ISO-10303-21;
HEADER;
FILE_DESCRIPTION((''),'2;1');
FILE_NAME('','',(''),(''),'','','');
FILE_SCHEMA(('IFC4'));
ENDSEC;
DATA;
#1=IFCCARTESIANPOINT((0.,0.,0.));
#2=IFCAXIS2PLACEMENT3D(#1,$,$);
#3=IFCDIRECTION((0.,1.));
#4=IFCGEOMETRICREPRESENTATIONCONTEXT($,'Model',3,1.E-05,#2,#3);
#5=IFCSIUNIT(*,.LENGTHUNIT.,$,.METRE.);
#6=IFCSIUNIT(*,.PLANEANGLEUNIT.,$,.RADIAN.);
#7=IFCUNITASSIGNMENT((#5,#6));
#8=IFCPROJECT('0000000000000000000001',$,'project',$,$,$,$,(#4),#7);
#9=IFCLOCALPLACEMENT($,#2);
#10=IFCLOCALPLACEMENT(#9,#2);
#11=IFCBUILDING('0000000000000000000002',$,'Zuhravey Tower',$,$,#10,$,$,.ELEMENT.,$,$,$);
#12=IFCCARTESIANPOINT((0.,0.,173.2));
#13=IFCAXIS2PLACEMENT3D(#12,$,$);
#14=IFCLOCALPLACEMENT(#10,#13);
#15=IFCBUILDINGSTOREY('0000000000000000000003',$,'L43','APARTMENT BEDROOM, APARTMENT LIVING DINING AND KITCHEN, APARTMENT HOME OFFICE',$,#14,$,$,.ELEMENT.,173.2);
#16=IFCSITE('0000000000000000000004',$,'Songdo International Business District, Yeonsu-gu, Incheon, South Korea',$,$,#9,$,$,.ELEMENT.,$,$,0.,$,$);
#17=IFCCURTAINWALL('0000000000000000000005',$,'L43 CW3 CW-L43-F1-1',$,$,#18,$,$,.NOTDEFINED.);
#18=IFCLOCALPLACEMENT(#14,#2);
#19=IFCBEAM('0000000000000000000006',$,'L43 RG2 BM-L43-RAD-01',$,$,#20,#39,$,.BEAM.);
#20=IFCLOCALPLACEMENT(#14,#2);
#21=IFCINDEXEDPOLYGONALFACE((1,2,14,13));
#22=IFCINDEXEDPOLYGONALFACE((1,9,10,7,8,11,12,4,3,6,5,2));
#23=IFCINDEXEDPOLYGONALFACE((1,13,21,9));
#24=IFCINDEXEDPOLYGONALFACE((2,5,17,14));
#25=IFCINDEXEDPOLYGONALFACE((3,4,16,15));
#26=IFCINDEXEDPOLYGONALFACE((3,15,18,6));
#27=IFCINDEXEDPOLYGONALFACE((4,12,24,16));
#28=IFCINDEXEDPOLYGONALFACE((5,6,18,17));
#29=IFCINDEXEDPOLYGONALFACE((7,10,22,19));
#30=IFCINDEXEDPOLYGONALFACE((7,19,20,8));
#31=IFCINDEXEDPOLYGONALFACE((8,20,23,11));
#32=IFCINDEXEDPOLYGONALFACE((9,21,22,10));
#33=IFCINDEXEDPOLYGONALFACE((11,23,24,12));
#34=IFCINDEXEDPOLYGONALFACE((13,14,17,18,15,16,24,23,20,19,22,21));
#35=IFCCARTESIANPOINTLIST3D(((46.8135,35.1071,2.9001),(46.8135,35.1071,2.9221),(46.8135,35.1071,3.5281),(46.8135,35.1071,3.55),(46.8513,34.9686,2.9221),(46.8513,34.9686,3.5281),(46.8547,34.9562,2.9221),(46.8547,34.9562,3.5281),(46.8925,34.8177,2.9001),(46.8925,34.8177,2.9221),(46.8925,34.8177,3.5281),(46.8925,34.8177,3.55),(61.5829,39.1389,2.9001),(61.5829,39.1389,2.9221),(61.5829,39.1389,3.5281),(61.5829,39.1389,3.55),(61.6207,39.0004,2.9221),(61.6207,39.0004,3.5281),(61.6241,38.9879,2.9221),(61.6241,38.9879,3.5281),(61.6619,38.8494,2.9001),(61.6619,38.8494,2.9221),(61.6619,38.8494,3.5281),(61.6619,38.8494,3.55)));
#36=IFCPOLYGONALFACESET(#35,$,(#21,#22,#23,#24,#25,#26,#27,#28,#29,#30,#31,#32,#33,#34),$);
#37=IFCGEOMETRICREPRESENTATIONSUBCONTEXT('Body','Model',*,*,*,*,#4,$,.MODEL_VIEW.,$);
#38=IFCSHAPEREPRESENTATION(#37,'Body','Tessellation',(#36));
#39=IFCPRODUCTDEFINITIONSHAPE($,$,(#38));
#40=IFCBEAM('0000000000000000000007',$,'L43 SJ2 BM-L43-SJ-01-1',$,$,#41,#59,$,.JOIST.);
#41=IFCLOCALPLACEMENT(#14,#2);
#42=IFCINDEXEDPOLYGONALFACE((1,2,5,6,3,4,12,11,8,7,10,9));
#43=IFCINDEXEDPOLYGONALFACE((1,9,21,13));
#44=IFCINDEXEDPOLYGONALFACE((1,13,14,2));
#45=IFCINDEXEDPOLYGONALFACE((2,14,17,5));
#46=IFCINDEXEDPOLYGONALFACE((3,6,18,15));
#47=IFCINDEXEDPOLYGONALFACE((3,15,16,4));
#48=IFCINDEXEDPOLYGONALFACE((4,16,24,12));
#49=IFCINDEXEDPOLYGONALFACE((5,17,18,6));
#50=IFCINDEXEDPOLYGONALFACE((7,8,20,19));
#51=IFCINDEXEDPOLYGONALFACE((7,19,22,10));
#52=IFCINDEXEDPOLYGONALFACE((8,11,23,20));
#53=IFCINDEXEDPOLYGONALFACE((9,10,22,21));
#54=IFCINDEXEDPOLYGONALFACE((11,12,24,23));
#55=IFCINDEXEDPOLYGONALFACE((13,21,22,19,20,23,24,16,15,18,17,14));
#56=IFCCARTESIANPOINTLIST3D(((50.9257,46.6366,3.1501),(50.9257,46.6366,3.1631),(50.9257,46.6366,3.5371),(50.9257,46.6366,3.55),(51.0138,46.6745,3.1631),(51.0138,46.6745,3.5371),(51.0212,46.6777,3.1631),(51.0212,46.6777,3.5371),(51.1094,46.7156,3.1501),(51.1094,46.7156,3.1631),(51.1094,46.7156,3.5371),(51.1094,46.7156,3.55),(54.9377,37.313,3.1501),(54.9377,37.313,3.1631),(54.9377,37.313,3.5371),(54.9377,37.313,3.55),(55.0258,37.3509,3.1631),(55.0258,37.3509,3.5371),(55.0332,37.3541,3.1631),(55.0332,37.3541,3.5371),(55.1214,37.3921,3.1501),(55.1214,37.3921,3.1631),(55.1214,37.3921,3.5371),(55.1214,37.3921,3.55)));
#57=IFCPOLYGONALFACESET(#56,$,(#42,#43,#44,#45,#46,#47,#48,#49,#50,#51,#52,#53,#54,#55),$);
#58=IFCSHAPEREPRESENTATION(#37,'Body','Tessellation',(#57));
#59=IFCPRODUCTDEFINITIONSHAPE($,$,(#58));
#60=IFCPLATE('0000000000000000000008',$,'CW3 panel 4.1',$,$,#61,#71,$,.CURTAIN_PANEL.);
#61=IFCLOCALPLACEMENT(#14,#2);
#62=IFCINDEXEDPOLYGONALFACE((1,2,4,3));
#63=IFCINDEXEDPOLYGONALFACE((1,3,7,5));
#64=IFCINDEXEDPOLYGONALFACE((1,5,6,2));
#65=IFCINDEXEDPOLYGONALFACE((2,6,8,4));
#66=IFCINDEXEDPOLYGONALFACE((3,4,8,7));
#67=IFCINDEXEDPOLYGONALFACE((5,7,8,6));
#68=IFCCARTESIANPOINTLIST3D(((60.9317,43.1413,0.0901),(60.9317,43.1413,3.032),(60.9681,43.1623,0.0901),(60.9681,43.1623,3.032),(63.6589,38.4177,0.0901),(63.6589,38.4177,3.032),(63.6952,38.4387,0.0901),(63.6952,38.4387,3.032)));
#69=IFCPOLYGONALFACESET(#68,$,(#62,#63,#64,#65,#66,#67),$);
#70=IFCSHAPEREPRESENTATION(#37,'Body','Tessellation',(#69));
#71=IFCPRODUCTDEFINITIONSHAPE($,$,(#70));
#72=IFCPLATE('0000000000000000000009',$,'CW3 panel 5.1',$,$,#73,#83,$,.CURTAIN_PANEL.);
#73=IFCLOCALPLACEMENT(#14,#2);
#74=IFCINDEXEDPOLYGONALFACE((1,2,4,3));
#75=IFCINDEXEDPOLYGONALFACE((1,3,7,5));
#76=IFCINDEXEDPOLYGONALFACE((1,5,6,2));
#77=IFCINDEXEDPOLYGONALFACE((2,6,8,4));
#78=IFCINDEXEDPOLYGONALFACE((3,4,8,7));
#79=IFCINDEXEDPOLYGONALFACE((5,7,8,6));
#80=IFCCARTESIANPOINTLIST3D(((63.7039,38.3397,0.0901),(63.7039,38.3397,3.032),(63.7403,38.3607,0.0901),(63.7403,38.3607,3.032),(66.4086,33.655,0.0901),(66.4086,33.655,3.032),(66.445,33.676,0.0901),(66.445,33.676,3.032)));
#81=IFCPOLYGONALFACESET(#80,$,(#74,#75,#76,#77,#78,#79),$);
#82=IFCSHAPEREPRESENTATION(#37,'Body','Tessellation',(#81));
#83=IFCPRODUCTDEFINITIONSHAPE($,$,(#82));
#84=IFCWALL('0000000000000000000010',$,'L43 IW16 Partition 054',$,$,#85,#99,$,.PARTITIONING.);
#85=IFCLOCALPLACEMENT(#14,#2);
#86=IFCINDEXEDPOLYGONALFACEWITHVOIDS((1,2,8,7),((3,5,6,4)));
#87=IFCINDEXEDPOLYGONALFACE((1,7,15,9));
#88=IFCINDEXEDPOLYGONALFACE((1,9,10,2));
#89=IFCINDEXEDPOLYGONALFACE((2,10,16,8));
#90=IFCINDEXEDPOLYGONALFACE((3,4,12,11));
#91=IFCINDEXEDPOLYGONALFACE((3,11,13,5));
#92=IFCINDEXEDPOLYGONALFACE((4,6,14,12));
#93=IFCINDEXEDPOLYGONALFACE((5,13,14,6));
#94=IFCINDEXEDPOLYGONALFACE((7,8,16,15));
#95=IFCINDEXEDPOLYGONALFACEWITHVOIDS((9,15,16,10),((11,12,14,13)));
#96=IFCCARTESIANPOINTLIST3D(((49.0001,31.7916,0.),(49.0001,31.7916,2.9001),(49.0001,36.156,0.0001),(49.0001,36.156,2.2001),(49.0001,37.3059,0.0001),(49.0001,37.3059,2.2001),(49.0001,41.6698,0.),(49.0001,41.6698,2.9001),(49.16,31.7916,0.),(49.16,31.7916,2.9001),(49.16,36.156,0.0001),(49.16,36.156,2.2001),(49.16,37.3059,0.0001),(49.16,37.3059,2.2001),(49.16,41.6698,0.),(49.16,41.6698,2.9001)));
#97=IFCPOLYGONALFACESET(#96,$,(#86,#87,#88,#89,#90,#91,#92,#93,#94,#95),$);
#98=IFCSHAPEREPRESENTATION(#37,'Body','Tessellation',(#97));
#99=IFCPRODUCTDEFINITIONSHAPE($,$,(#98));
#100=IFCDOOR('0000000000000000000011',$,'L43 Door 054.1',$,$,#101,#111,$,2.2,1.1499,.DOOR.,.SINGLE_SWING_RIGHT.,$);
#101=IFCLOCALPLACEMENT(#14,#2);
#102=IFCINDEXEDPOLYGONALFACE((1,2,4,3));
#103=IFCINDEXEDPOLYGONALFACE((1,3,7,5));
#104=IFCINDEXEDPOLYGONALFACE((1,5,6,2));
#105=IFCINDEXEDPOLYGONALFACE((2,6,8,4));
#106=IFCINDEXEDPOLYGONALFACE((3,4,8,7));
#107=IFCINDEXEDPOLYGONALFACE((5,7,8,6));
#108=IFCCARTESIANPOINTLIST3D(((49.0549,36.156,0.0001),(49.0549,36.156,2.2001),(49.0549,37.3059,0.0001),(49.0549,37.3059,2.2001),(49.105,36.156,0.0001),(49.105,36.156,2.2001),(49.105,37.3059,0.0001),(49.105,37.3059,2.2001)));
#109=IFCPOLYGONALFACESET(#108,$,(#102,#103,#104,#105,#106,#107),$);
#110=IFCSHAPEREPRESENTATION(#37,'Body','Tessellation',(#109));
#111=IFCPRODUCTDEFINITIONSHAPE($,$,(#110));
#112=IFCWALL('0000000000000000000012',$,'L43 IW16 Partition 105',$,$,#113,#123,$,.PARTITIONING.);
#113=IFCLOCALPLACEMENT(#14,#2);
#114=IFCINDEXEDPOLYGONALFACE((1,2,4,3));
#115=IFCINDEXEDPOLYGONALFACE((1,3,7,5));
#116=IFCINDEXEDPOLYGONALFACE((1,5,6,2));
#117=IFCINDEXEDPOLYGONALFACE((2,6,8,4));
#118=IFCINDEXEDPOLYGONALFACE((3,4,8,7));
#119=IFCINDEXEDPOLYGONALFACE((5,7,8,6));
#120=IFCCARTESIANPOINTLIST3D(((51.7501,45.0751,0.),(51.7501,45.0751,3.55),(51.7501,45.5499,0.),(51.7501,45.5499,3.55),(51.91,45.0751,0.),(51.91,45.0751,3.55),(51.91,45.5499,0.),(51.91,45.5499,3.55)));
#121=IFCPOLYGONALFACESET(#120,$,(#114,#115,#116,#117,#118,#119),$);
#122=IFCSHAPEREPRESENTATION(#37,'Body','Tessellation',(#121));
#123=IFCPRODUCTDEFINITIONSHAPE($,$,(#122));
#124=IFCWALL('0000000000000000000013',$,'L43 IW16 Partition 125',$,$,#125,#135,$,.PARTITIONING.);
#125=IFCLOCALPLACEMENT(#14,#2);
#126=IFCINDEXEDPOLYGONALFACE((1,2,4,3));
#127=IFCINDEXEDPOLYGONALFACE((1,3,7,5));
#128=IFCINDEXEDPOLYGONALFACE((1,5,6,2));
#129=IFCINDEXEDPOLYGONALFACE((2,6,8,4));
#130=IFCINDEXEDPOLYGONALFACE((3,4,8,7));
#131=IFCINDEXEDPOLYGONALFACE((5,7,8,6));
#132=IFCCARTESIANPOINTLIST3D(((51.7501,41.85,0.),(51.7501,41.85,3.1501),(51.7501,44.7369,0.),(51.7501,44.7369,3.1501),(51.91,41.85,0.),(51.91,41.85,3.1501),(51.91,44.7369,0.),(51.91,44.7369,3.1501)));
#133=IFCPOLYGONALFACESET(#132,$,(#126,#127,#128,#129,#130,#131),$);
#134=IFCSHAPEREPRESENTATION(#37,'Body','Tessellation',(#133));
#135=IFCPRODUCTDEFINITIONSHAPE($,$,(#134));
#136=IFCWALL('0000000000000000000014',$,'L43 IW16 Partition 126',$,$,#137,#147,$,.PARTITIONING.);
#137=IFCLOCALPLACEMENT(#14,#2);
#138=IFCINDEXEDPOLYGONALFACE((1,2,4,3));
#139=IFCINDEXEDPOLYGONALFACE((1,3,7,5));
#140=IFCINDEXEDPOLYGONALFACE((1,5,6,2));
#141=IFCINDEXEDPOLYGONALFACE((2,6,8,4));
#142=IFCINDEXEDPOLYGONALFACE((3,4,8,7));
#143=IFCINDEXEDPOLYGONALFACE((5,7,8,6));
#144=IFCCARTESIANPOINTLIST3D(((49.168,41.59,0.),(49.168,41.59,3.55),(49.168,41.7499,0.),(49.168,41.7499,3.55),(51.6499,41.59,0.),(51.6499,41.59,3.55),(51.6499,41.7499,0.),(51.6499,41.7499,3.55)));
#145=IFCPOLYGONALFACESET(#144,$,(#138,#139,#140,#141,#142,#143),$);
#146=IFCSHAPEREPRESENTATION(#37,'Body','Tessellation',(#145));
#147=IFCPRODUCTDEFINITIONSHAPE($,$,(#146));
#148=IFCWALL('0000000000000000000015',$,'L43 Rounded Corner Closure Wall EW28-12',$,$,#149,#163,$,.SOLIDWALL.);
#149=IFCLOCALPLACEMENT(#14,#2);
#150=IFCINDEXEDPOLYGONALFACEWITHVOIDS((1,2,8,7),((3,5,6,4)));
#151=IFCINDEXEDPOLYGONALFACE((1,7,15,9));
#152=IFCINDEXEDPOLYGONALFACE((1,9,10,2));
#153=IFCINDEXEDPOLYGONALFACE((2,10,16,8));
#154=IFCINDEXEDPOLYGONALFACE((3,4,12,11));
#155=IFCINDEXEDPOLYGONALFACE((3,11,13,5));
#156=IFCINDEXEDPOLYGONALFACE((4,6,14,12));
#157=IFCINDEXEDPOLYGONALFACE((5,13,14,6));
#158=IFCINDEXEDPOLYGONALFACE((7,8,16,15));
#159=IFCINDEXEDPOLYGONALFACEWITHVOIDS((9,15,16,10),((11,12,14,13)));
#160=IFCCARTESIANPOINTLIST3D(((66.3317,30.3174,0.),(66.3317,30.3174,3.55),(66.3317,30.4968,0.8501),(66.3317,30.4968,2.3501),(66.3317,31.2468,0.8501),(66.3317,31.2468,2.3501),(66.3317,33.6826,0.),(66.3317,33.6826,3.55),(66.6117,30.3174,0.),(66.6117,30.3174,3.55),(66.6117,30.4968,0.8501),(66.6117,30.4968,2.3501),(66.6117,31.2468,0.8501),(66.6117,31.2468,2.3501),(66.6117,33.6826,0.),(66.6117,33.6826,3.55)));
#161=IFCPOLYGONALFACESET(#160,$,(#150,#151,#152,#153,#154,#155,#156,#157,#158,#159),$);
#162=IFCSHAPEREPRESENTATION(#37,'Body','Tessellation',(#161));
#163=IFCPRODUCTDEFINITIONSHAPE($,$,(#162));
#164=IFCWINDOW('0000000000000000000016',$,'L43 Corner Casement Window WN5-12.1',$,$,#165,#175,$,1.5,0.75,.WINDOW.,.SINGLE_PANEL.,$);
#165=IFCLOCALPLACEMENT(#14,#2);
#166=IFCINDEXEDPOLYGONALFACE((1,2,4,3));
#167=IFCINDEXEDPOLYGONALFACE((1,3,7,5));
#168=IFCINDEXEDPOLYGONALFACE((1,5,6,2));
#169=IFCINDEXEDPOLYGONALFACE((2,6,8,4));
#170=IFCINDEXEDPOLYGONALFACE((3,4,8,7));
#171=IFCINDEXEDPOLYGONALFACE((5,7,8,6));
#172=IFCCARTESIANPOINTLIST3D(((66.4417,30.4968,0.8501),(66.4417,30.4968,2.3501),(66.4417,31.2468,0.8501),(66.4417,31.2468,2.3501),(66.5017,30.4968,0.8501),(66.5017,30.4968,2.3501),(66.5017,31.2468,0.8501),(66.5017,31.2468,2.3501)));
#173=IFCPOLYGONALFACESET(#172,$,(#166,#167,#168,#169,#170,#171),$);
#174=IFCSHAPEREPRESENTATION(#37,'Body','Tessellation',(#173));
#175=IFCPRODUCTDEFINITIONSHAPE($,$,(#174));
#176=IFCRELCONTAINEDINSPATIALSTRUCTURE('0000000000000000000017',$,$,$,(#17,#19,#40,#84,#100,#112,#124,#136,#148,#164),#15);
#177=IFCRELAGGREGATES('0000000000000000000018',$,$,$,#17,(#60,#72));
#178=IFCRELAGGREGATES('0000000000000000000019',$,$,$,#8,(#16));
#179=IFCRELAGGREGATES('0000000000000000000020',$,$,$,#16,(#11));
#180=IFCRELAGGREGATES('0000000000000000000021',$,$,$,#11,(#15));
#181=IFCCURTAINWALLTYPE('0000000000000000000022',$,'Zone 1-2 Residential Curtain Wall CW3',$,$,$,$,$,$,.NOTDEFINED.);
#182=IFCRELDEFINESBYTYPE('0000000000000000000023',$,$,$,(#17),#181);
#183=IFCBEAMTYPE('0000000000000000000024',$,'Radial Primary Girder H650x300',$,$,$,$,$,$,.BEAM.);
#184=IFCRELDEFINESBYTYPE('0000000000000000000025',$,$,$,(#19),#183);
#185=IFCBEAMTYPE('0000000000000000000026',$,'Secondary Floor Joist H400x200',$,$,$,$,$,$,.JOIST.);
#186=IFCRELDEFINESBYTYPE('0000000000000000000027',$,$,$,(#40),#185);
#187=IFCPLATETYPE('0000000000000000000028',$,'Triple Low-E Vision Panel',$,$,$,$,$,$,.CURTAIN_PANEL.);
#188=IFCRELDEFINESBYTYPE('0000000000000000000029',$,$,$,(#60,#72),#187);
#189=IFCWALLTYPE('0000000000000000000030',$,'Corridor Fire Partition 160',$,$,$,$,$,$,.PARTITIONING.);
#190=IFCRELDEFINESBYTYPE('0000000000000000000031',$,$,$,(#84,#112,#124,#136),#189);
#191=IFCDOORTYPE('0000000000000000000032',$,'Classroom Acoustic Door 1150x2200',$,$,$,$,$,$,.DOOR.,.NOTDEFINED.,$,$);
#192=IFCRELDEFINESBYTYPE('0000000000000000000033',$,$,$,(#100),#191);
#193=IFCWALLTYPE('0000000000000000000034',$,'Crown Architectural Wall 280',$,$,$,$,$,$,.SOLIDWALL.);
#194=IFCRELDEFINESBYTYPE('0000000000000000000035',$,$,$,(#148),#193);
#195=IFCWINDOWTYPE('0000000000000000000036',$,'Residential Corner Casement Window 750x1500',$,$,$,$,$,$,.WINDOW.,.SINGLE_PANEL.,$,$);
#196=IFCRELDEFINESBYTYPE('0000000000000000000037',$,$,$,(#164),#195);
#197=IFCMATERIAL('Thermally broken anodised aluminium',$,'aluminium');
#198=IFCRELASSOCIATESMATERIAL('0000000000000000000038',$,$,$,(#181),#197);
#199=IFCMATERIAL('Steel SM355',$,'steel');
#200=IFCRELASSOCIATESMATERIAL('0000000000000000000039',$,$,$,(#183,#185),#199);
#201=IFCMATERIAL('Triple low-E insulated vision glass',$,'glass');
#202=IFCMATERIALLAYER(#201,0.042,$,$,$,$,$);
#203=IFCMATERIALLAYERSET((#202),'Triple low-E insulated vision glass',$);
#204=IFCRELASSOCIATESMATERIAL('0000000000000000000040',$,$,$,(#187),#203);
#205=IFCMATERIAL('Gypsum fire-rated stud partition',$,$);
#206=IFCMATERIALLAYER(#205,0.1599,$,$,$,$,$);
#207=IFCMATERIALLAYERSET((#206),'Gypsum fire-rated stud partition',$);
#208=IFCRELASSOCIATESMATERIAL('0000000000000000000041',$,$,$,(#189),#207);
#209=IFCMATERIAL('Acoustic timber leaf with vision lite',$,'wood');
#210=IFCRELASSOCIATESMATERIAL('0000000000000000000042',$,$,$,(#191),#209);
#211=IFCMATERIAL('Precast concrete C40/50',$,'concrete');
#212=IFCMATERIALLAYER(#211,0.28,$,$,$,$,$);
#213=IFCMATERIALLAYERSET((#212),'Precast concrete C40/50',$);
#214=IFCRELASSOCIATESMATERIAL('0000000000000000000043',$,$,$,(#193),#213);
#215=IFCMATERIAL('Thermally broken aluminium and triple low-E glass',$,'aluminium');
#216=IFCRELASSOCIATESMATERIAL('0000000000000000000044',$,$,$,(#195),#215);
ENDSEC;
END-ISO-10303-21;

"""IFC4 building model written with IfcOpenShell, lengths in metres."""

from ifc_helpers import new_model, si_unit, direction, frame, frame_2d, origin, origin_2d, place, context, subcontext, project, spatial, rectangle, i_section, extrude, material, layer, layer_set, material_profile, profile_set, type_object, element, fill, aggregate, save


model = new_model("IFC4")

# Units and contexts
model_context = context("Model", 3, precision=1e-05, world=origin(), true_north=direction((0.0, 1.0)))
body_context = subcontext(model_context, "Body", "Model", "MODEL_VIEW")
ifc_project = project(units=[si_unit("LENGTHUNIT", "METRE"), si_unit("PLANEANGLEUNIT", "RADIAN")], contexts=[model_context])

# Site, building, storey
site_placement = place(None, origin())
site = spatial("IfcSite", under=ifc_project, at=site_placement, Name="Songdo International Business District, Yeonsu-gu, Incheon, South Korea", CompositionType="ELEMENT", RefElevation=0.0)
building_placement = place(site_placement, origin())
building = spatial("IfcBuilding", under=site, at=building_placement, Name="Zuhravey Tower", CompositionType="ELEMENT")
storey_placement = place(building_placement, frame((0.0, 0.0, 173.2)))
storey = spatial("IfcBuildingStorey", under=building, at=storey_placement, Name="L43", Description="APARTMENT BEDROOM, APARTMENT LIVING DINING AND KITCHEN, APARTMENT HOME OFFICE", CompositionType="ELEMENT", Elevation=173.2)

# Curtain wall
ifc_material_1 = material(Name="Thermally broken anodised aluminium", Category="aluminium")
curtain_wall_type = type_object("IfcCurtainWallType", Name="Zone 1-2 Residential Curtain Wall CW3", PredefinedType="NOTDEFINED", material=ifc_material_1)
curtain_wall_placement = place(storey_placement, origin())
curtain_wall = element("IfcCurtainWall", 1, at=curtain_wall_placement, inside=storey, type_object=curtain_wall_type, Name="L43 CW3 CW-L43-F1-1", PredefinedType="NOTDEFINED")

# Beams
ifc_material_2 = material(Name="Steel SM355", Category="steel")
ifc_material_profile_1 = material_profile(ifc_material_2, i_section(OverallWidth=0.3, OverallDepth=0.6499, WebThickness=0.0129, FlangeThickness=0.022, at=origin_2d()), Name="H-650x300x13x22")
ifc_profile_set_1 = profile_set([ifc_material_profile_1], Name="Steel SM355")
beam_type_1 = type_object("IfcBeamType", Name="Radial Primary Girder H650x300", PredefinedType="BEAM", material=ifc_profile_set_1)
beam_1_placement = place(storey_placement, frame((46.853, 34.9624, 3.2251), z_axis=(0.964702, 0.263345, 0.0), x_axis=(-0.263345, 0.964702, 0.0)))
element("IfcBeam", 2, at=beam_1_placement, inside=storey, type_object=beam_type_1, Name="L43 RG2 BM-L43-RAD-01", PredefinedType="BEAM", context=body_context, shape_type="SweptSolid", body=[
    extrude(i_section(OverallWidth=0.3, OverallDepth=0.6499, WebThickness=0.0129, FlangeThickness=0.022, at=origin_2d()), origin(), (0.0, 0.0, 1.0), 15.3098),
])
ifc_material_profile_2 = material_profile(ifc_material_2, i_section(OverallWidth=0.2, OverallDepth=0.3999, WebThickness=0.0081, FlangeThickness=0.0129, at=origin_2d()), Name="H-400x200x8x13")
ifc_profile_set_2 = profile_set([ifc_material_profile_2], Name="Steel SM355")
beam_type_2 = type_object("IfcBeamType", Name="Secondary Floor Joist H400x200", PredefinedType="JOIST", material=ifc_profile_set_2)
beam_2_placement = place(storey_placement, frame((55.0295, 37.3525, 3.3501), z_axis=(-0.395266, 0.918567, 0.0), x_axis=(-0.918567, -0.395266, 0.0)))
element("IfcBeam", 3, at=beam_2_placement, inside=storey, type_object=beam_type_2, Name="L43 SJ2 BM-L43-SJ-01-1", PredefinedType="JOIST", context=body_context, shape_type="SweptSolid", body=[
    extrude(i_section(OverallWidth=0.2, OverallDepth=0.3999, WebThickness=0.0081, FlangeThickness=0.0129, at=origin_2d()), origin(), (0.0, 0.0, 1.0), 10.1501),
])

# Plates
ifc_material_3 = material(Name="Triple low-E insulated vision glass", Category="glass")
ifc_layer_1 = layer(ifc_material_3, 0.042)
ifc_layer_set_1 = layer_set([ifc_layer_1], Name="Triple low-E insulated vision glass")
plate_type = type_object("IfcPlateType", Name="Triple Low-E Vision Panel", PredefinedType="CURTAIN_PANEL", material=ifc_layer_set_1)
plate_1_placement = place(storey_placement, frame((62.3135, 40.79, 0.0901), z_axis=(0.0, 0.0, 1.0), x_axis=(0.5, -0.866025, 0.0)))
plate_1 = element("IfcPlate", 4, at=plate_1_placement, type_object=plate_type, Name="CW3 panel 4.1", PredefinedType="CURTAIN_PANEL", context=body_context, shape_type="SweptSolid", body=[
    extrude(rectangle(XDim=5.4543, YDim=0.042, at=origin_2d()), origin(), (0.0, 0.0, 1.0), 2.9419),
])
plate_2_placement = place(storey_placement, frame((65.0745, 36.0078, 0.0901), z_axis=(0.0, 0.0, 1.0), x_axis=(0.5, -0.866025, 0.0)))
plate_2 = element("IfcPlate", 5, at=plate_2_placement, type_object=plate_type, Name="CW3 panel 5.1", PredefinedType="CURTAIN_PANEL", context=body_context, shape_type="SweptSolid", body=[
    extrude(rectangle(XDim=5.4094, YDim=0.042, at=origin_2d()), origin(), (0.0, 0.0, 1.0), 2.9419),
])
aggregate(curtain_wall, [plate_1, plate_2])

# Wall, opening, door
ifc_material_4 = material(Name="Gypsum fire-rated stud partition")
ifc_layer_2 = layer(ifc_material_4, 0.1599)
ifc_layer_set_2 = layer_set([ifc_layer_2], Name="Gypsum fire-rated stud partition")
wall_type_1 = type_object("IfcWallType", Name="Corridor Fire Partition 160", PredefinedType="PARTITIONING", material=ifc_layer_set_2)
wall_1_placement = place(storey_placement, frame((49.0801, 31.7917, 0.0), z_axis=(0.0, 0.0, 1.0), x_axis=(0.0, 1.0, 0.0)))
wall_1 = element("IfcWall", 6, at=wall_1_placement, inside=storey, type_object=wall_type_1, Name="L43 IW16 Partition 054", PredefinedType="PARTITIONING", context=body_context, shape_type="SweptSolid", body=[
    extrude(rectangle(XDim=9.8782, YDim=0.1599, at=frame_2d((4.939, 0.0))), origin(), (0.0, 0.0, 1.0), 2.9001),
])
opening_1_placement = place(wall_1_placement, frame((4.3643, 0.0, 0.0)))
opening_1 = element("IfcOpeningElement", 7, at=opening_1_placement, cuts=wall_1, PredefinedType="OPENING", context=body_context, shape_type="SweptSolid", body=[
    extrude(rectangle(XDim=1.1499, YDim=2.2, at=frame_2d((0.575, 1.1001))), frame((0.0, 0.092, 0.0), z_axis=(0.0, -1.0, 0.0), x_axis=(1.0, 0.0, 0.0)), (0.0, 0.0, 1.0), 0.1838),
])
ifc_material_5 = material(Name="Acoustic timber leaf with vision lite", Category="wood")
door_type = type_object("IfcDoorType", Name="Classroom Acoustic Door 1150x2200", OperationType="NOTDEFINED", PredefinedType="DOOR", material=ifc_material_5)
door_placement = place(opening_1_placement, frame((1.1499, 0.0, 0.0), z_axis=(0.0, 0.0, 1.0), x_axis=(-1.0, 0.0, 0.0)))
door = element("IfcDoor", 8, at=door_placement, inside=storey, type_object=door_type, Name="L43 Door 054.1", OperationType="SINGLE_SWING_RIGHT", OverallHeight=2.2, OverallWidth=1.1499, PredefinedType="DOOR", context=body_context, shape_type="SweptSolid", body=[
    extrude(rectangle(XDim=1.1499, YDim=2.2, at=frame_2d((0.575, 1.1001))), frame((0.0, 0.0249, 0.0), z_axis=(0.0, -1.0, 0.0), x_axis=(1.0, 0.0, 0.0)), (0.0, 0.0, 1.0), 0.05),
])
fill(opening_1, door)

# Walls
wall_2_placement = place(storey_placement, frame((51.8301, 45.0752, 0.0), z_axis=(0.0, 0.0, 1.0), x_axis=(0.0, 1.0, 0.0)))
element("IfcWall", 9, at=wall_2_placement, inside=storey, type_object=wall_type_1, Name="L43 IW16 Partition 105", PredefinedType="PARTITIONING", context=body_context, shape_type="SweptSolid", body=[
    extrude(rectangle(XDim=0.4749, YDim=0.1599, at=frame_2d((0.2373, 0.0))), origin(), (0.0, 0.0, 1.0), 3.55),
])
wall_3_placement = place(storey_placement, frame((51.8301, 41.8501, 0.0), z_axis=(0.0, 0.0, 1.0), x_axis=(0.0, 1.0, 0.0)))
element("IfcWall", 10, at=wall_3_placement, inside=storey, type_object=wall_type_1, Name="L43 IW16 Partition 125", PredefinedType="PARTITIONING", context=body_context, shape_type="SweptSolid", body=[
    extrude(rectangle(XDim=2.887, YDim=0.1599, at=frame_2d((1.4434, 0.0))), origin(), (0.0, 0.0, 1.0), 3.1501),
])
wall_4_placement = place(storey_placement, frame((49.168, 41.6699, 0.0), z_axis=(0.0, 0.0, 1.0), x_axis=(1.0, 0.0, 0.0)))
element("IfcWall", 11, at=wall_4_placement, inside=storey, type_object=wall_type_1, Name="L43 IW16 Partition 126", PredefinedType="PARTITIONING", context=body_context, shape_type="SweptSolid", body=[
    extrude(rectangle(XDim=2.4819, YDim=0.1599, at=frame_2d((1.241, 0.0))), origin(), (0.0, 0.0, 1.0), 3.55),
])

# Wall, opening, window
ifc_material_6 = material(Name="Precast concrete C40/50", Category="concrete")
ifc_layer_3 = layer(ifc_material_6, 0.28)
ifc_layer_set_3 = layer_set([ifc_layer_3], Name="Precast concrete C40/50")
wall_type_2 = type_object("IfcWallType", Name="Crown Architectural Wall 280", PredefinedType="SOLIDWALL", material=ifc_layer_set_3)
wall_5_placement = place(storey_placement, frame((66.4717, 33.6826, 0.0), z_axis=(0.0, 0.0, 1.0), x_axis=(0.0, -1.0, 0.0)))
wall_5 = element("IfcWall", 12, at=wall_5_placement, inside=storey, type_object=wall_type_2, Name="L43 Rounded Corner Closure Wall EW28-12", PredefinedType="SOLIDWALL", context=body_context, shape_type="SweptSolid", body=[
    extrude(rectangle(XDim=3.3652, YDim=0.28, at=frame_2d((1.6826, 0.0))), origin(), (0.0, 0.0, 1.0), 3.55),
])
opening_2_placement = place(wall_5_placement, frame((2.4358, 0.0, 0.8501)))
opening_2 = element("IfcOpeningElement", 13, at=opening_2_placement, cuts=wall_5, PredefinedType="OPENING", context=body_context, shape_type="SweptSolid", body=[
    extrude(rectangle(XDim=0.75, YDim=1.5, at=frame_2d((0.375, 0.75))), frame((0.0, 0.1521, 0.0), z_axis=(0.0, -1.0, 0.0), x_axis=(1.0, 0.0, 0.0)), (0.0, 0.0, 1.0), 0.304),
])
ifc_material_7 = material(Name="Thermally broken aluminium and triple low-E glass", Category="aluminium")
window_type = type_object("IfcWindowType", Name="Residential Corner Casement Window 750x1500", PartitioningType="SINGLE_PANEL", PredefinedType="WINDOW", material=ifc_material_7)
window_placement = place(opening_2_placement, origin())
window = element("IfcWindow", 14, at=window_placement, inside=storey, type_object=window_type, Name="L43 Corner Casement Window WN5-12.1", OverallHeight=1.5, OverallWidth=0.75, PartitioningType="SINGLE_PANEL", PredefinedType="WINDOW", context=body_context, shape_type="SweptSolid", body=[
    extrude(rectangle(XDim=0.75, YDim=1.5, at=frame_2d((0.375, 0.75))), frame((0.0, 0.03, 0.0), z_axis=(0.0, -1.0, 0.0), x_axis=(1.0, 0.0, 0.0)), (0.0, 0.0, 1.0), 0.0601),
])
fill(opening_2, window)

save(model, "model.ifc")
